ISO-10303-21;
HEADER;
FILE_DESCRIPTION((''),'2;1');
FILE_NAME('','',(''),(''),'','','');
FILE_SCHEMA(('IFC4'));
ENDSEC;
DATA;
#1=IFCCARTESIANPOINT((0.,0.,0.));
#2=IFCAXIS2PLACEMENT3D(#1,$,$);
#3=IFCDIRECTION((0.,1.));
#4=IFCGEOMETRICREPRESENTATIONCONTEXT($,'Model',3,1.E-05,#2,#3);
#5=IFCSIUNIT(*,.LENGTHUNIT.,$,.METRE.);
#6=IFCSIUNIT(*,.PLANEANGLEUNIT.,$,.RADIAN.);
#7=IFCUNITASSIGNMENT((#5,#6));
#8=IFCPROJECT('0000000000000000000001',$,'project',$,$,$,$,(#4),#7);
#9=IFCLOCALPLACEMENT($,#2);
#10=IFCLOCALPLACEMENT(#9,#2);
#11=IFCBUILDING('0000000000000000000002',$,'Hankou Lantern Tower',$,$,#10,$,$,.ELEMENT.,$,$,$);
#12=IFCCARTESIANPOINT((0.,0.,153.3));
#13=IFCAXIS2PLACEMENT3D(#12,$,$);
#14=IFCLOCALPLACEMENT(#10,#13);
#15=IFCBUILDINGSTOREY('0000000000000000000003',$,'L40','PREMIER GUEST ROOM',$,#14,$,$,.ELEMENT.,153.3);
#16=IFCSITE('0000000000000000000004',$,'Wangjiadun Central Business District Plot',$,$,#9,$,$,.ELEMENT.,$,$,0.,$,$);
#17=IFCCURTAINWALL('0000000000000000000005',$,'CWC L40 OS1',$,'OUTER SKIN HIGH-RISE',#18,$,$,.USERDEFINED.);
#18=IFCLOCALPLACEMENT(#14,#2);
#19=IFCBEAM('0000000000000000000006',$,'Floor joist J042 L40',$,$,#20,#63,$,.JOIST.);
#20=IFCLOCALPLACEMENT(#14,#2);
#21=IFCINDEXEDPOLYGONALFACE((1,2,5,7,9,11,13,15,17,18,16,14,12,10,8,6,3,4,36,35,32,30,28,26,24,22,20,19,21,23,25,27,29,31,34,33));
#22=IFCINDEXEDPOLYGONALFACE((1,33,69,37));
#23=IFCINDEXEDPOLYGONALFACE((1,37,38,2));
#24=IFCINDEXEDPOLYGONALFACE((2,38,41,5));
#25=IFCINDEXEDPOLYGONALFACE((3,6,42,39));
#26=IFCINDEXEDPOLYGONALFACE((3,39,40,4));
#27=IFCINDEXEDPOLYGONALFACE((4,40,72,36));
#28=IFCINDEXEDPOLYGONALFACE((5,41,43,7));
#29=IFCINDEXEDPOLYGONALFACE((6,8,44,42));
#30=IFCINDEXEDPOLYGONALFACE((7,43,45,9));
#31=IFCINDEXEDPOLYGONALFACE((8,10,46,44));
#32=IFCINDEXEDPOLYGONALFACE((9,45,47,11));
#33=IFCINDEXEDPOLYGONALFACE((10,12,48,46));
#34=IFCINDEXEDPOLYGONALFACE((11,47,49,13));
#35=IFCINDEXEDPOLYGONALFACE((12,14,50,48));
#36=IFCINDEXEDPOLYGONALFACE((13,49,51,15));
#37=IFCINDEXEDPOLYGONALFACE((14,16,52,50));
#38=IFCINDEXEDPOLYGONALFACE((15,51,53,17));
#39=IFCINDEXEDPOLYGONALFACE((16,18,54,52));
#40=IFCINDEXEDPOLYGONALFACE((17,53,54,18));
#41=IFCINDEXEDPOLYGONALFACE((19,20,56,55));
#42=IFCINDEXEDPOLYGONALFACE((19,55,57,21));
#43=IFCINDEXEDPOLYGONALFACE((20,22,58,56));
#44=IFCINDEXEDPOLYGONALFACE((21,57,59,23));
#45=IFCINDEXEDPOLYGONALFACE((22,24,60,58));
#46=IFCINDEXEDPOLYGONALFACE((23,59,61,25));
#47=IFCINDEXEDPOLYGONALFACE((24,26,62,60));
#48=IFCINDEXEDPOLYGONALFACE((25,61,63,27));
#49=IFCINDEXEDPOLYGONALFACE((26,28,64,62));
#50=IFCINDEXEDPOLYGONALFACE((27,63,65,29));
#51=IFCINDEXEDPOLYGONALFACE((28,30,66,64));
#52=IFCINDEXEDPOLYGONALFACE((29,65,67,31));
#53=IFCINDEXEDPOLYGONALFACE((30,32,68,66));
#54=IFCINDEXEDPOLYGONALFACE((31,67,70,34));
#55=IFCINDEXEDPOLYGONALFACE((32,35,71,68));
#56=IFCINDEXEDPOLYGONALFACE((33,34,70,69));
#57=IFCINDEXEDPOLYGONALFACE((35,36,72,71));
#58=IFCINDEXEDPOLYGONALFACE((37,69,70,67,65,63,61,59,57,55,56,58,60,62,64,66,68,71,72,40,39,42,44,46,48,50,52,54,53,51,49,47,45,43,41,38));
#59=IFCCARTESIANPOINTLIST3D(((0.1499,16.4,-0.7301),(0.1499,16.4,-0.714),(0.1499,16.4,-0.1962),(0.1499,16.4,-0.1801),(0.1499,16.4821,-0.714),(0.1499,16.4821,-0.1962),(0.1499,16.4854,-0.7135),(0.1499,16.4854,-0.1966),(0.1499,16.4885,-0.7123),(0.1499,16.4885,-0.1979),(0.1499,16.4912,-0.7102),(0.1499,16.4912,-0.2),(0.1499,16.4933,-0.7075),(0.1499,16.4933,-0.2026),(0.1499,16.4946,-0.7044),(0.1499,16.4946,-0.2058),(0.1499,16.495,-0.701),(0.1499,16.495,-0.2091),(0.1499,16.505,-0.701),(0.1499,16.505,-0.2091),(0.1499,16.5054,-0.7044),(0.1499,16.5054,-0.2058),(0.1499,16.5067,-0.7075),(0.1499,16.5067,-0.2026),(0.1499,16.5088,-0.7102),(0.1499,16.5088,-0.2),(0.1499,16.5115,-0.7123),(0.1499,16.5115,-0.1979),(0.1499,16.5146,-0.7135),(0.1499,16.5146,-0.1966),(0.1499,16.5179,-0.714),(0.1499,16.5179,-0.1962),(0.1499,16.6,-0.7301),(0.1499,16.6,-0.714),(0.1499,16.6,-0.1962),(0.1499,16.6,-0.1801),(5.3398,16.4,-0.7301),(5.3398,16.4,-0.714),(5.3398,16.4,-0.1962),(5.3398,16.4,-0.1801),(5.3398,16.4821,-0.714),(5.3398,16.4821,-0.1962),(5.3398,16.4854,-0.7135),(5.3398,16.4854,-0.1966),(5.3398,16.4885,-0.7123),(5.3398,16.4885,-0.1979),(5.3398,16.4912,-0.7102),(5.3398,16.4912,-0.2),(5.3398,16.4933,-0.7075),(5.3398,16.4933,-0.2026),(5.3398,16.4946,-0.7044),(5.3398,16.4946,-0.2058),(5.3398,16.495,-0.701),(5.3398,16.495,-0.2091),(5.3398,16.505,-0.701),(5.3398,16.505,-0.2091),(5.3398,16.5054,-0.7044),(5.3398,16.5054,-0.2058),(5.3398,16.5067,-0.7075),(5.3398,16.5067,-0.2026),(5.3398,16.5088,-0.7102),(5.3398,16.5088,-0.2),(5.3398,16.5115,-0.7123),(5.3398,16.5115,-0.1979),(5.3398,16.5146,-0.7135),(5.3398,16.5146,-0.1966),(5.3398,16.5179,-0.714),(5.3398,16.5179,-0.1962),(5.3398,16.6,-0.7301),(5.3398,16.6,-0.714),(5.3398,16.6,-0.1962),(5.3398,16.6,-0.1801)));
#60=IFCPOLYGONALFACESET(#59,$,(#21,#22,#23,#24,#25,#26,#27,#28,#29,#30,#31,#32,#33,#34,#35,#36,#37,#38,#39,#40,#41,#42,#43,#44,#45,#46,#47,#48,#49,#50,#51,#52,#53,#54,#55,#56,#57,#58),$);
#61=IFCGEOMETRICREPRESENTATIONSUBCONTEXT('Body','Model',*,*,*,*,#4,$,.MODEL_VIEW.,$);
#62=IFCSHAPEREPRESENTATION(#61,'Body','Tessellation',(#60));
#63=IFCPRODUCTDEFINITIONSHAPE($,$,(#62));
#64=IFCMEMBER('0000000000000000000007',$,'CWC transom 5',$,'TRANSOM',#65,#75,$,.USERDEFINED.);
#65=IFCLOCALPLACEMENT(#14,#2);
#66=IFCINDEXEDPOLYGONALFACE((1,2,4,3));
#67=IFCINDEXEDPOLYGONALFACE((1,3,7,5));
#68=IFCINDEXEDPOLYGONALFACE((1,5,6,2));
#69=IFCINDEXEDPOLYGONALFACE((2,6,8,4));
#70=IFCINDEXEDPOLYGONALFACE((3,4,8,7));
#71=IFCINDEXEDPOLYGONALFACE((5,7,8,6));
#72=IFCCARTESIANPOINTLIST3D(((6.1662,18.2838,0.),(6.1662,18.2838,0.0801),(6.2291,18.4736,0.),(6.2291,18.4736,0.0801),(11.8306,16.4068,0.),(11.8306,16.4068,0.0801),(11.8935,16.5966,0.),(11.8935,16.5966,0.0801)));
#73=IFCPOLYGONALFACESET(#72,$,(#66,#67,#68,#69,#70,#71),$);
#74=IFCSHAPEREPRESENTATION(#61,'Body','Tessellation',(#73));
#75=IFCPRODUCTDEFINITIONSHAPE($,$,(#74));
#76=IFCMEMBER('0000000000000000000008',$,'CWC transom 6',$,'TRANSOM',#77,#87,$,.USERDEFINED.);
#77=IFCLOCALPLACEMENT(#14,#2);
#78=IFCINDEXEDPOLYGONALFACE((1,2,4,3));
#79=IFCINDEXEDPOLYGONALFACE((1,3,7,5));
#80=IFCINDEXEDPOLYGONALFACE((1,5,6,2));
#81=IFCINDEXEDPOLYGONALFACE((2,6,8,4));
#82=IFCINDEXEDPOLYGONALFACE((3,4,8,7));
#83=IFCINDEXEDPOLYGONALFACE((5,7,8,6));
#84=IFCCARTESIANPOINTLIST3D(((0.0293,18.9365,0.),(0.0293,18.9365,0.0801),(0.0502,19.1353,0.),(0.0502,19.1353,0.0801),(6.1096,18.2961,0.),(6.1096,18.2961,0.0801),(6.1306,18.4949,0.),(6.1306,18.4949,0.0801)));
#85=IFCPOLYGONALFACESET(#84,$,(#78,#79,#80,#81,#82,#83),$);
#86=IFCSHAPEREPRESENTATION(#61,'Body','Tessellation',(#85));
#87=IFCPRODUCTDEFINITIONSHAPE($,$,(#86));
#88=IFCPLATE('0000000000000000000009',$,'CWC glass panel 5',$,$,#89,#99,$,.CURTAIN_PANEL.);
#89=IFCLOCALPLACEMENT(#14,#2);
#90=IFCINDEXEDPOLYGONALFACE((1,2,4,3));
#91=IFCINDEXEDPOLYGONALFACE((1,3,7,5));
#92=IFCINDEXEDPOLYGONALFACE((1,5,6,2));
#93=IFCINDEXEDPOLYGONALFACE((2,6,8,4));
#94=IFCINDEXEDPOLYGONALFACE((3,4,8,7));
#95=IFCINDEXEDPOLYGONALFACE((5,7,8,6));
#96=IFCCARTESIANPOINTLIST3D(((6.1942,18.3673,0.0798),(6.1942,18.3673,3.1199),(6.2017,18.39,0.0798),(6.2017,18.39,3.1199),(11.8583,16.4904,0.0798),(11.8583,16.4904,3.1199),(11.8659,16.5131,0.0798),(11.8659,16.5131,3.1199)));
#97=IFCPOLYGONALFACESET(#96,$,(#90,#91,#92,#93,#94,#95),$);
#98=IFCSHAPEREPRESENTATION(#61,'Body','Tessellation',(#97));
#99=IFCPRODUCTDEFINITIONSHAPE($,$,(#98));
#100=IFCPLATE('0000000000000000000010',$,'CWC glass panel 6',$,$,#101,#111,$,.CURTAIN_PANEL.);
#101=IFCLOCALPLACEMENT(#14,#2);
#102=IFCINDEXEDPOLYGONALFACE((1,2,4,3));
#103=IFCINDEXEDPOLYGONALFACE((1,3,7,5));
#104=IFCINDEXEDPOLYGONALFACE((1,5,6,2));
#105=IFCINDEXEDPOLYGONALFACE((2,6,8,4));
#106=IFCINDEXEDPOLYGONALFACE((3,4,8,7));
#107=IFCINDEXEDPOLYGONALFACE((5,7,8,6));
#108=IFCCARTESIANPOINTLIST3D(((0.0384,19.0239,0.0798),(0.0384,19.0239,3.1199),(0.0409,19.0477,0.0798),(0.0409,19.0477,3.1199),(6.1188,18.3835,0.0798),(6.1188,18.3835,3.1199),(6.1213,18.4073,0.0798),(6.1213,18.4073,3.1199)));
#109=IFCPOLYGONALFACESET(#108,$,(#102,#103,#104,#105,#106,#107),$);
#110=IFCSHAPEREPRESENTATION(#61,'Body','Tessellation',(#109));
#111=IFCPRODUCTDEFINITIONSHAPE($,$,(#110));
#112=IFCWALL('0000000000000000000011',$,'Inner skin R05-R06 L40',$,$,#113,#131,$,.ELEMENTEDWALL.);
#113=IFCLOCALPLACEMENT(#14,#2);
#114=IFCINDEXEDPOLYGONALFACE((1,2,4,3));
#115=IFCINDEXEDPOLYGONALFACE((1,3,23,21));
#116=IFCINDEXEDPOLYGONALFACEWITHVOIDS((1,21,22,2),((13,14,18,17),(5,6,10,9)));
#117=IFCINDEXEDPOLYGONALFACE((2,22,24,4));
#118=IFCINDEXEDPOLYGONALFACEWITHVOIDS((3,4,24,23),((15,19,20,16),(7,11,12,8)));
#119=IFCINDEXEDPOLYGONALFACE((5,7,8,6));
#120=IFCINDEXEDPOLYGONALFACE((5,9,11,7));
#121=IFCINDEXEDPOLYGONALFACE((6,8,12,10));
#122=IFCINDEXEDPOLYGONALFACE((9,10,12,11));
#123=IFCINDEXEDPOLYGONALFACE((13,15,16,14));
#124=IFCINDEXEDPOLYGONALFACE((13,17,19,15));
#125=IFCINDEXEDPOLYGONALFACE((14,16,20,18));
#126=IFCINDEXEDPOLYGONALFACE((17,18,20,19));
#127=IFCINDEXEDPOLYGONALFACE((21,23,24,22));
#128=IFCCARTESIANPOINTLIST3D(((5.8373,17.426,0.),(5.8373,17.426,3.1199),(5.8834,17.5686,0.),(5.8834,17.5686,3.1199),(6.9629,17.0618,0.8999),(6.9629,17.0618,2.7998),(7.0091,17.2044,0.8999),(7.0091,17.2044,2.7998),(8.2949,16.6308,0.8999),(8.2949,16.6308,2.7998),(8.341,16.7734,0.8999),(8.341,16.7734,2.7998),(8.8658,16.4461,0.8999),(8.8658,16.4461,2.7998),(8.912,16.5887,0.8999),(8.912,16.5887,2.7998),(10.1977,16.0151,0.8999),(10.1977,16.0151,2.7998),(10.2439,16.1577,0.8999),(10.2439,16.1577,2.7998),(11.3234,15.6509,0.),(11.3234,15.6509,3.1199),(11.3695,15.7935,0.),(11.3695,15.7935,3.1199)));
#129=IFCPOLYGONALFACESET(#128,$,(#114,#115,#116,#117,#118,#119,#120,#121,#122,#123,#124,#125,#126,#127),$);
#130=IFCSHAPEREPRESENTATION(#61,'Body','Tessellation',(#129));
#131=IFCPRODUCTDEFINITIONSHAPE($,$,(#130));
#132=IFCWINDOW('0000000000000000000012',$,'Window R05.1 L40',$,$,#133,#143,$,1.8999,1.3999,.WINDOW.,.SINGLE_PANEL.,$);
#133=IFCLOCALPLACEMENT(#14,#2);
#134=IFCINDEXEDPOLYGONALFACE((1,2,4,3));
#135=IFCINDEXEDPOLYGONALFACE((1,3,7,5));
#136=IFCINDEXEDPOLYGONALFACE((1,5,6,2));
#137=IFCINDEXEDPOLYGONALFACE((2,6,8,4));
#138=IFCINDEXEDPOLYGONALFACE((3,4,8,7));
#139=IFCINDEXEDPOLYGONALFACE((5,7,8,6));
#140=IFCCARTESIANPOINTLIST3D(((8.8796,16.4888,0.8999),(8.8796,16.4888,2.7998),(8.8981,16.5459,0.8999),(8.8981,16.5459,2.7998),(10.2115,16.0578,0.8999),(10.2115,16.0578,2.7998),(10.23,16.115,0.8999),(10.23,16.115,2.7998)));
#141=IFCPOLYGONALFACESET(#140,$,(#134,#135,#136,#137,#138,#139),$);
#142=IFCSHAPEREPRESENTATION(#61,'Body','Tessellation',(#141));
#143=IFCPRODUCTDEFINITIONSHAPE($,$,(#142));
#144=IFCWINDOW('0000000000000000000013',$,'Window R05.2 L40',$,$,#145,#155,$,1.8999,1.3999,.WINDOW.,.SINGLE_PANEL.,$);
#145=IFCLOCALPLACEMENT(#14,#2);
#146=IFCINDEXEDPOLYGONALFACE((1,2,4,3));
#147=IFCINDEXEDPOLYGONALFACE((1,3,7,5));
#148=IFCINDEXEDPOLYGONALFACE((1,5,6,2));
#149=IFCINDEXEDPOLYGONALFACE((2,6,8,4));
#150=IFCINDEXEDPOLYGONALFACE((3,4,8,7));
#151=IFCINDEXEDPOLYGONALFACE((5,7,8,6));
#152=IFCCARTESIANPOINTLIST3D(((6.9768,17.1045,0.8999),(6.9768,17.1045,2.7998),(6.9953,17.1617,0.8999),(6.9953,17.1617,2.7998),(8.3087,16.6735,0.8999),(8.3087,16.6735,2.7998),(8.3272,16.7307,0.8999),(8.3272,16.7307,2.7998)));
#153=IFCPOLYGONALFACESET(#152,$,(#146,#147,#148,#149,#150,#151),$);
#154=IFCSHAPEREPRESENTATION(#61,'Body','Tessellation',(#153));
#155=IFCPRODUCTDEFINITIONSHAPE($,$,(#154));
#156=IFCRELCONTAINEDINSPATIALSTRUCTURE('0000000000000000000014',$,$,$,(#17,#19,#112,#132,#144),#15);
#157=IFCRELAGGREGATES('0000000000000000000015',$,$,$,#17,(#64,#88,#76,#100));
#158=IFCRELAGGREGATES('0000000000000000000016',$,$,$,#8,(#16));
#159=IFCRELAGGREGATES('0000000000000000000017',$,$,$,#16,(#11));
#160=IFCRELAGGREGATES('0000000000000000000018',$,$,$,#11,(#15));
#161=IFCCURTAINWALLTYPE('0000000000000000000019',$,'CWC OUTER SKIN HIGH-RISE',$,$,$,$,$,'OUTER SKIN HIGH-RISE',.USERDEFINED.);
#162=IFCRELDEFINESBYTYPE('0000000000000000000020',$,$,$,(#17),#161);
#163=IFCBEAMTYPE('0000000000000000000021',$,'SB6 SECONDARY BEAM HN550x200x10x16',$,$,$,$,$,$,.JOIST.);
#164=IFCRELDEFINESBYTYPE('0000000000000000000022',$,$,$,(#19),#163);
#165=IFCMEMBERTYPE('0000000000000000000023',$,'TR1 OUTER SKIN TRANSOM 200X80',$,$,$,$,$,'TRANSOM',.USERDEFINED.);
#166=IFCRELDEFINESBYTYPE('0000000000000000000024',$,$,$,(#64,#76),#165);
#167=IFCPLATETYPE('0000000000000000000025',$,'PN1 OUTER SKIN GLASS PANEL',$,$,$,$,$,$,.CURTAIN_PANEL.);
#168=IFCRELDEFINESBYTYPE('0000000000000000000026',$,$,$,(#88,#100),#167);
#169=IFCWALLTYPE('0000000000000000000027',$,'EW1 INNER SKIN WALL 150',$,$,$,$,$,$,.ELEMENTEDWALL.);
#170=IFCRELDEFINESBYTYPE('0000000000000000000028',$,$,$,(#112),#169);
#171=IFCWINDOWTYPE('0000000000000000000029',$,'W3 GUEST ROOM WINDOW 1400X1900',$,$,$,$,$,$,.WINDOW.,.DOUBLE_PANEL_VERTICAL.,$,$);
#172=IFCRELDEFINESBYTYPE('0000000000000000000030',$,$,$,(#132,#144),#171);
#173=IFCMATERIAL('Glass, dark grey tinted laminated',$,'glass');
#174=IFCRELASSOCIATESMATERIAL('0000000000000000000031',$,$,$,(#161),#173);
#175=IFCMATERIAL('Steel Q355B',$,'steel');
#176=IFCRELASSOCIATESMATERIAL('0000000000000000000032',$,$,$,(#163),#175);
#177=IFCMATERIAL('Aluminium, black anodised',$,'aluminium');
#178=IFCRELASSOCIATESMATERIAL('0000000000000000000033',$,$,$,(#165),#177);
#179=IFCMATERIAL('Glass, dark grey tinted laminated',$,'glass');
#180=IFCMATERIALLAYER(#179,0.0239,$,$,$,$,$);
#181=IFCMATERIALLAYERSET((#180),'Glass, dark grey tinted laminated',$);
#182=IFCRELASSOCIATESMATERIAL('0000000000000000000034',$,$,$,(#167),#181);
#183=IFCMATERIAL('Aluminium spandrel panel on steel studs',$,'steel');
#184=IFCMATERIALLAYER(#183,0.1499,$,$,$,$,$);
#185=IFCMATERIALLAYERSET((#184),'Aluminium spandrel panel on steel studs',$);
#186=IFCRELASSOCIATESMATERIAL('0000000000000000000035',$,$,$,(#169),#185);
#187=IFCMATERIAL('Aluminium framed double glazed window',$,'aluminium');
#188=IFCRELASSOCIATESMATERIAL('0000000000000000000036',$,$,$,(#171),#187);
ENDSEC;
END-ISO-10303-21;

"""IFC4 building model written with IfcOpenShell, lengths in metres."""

from ifc_helpers import new_model, si_unit, direction, frame, frame_2d, origin, origin_2d, place, context, subcontext, project, spatial, rectangle, i_section, extrude, material, layer, layer_set, material_profile, profile_set, type_object, element, fill, aggregate, save


model = new_model("IFC4")

# Units and contexts
model_context = context("Model", 3, precision=1e-05, world=origin(), true_north=direction((0.0, 1.0)))
body_context = subcontext(model_context, "Body", "Model", "MODEL_VIEW")
ifc_project = project(units=[si_unit("LENGTHUNIT", "METRE"), si_unit("PLANEANGLEUNIT", "RADIAN")], contexts=[model_context])

# Site, building, storey
site_placement = place(None, origin())
site = spatial("IfcSite", under=ifc_project, at=site_placement, Name="Wangjiadun Central Business District Plot", CompositionType="ELEMENT", RefElevation=0.0)
building_placement = place(site_placement, origin())
building = spatial("IfcBuilding", under=site, at=building_placement, Name="Hankou Lantern Tower", CompositionType="ELEMENT")
storey_placement = place(building_placement, frame((0.0, 0.0, 153.3)))
storey = spatial("IfcBuildingStorey", under=building, at=storey_placement, Name="L40", Description="PREMIER GUEST ROOM", CompositionType="ELEMENT", Elevation=153.3)

# Curtain wall
ifc_material_1 = material(Name="Glass, dark grey tinted laminated", Category="glass")
curtain_wall_type = type_object("IfcCurtainWallType", Name="CWC OUTER SKIN HIGH-RISE", ElementType="OUTER SKIN HIGH-RISE", PredefinedType="USERDEFINED", material=ifc_material_1)
curtain_wall_1_placement = place(storey_placement, origin())
curtain_wall_1 = element("IfcCurtainWall", 1, at=curtain_wall_1_placement, inside=storey, type_object=curtain_wall_type, Name="CWC L40 OS1", ObjectType="OUTER SKIN HIGH-RISE", PredefinedType="USERDEFINED")

# Beam
ifc_material_2 = material(Name="Steel Q355B", Category="steel")
ifc_material_profile_1 = material_profile(ifc_material_2, i_section(OverallWidth=0.2, OverallDepth=0.55, WebThickness=0.01, FlangeThickness=0.0161, FilletRadius=0.0129, at=origin_2d()), Name="HN550x200x10x16")
ifc_profile_set_1 = profile_set([ifc_material_profile_1], Name="Steel Q355B")
beam_type_1 = type_object("IfcBeamType", Name="SB6 SECONDARY BEAM HN550x200x10x16", PredefinedType="JOIST", material=ifc_profile_set_1)
beam_1_placement = place(storey_placement, frame((0.1499, 16.5, -0.4551), z_axis=(1.0, 0.0, 0.0), x_axis=(0.0, 1.0, 0.0)))
element("IfcBeam", 2, at=beam_1_placement, inside=storey, type_object=beam_type_1, Name="Floor joist J042 L40", PredefinedType="JOIST", context=body_context, shape_type="SweptSolid", body=[
    extrude(i_section(OverallWidth=0.2, OverallDepth=0.55, WebThickness=0.01, FlangeThickness=0.0161, FilletRadius=0.0129, at=origin_2d()), origin(), (0.0, 0.0, 1.0), 5.1899),
])

# Members
ifc_material_3 = material(Name="Aluminium, black anodised", Category="aluminium")
ifc_material_profile_2 = material_profile(ifc_material_3, rectangle(XDim=0.2, YDim=0.0801, at=origin_2d()), Name="TR1 200X80")
ifc_profile_set_2 = profile_set([ifc_material_profile_2], Name="Aluminium, black anodised")
member_type_1 = type_object("IfcMemberType", Name="TR1 OUTER SKIN TRANSOM 200X80", ElementType="TRANSOM", PredefinedType="USERDEFINED", material=ifc_profile_set_2)
member_1_placement = place(storey_placement, frame((11.8621, 16.5017, 0.04), z_axis=(-0.949242, 0.314546, 0.0), x_axis=(-0.314546, -0.949242, 0.0)))
member_1 = element("IfcMember", 3, at=member_1_placement, type_object=member_type_1, Name="CWC transom 5", ObjectType="TRANSOM", PredefinedType="USERDEFINED", context=body_context, shape_type="SweptSolid", body=[
    extrude(rectangle(XDim=0.2, YDim=0.0801, at=origin_2d()), origin(), (0.0, 0.0, 1.0), 5.9673),
])
member_2_placement = place(storey_placement, frame((6.1201, 18.3955, 0.04), z_axis=(-0.9945, 0.104741, 0.0), x_axis=(-0.104741, -0.9945, 0.0)))
member_2 = element("IfcMember", 4, at=member_2_placement, type_object=member_type_1, Name="CWC transom 6", ObjectType="TRANSOM", PredefinedType="USERDEFINED", context=body_context, shape_type="SweptSolid", body=[
    extrude(rectangle(XDim=0.2, YDim=0.0801, at=origin_2d()), origin(), (0.0, 0.0, 1.0), 6.114),
])

# Plates
ifc_material_4 = material(Name="Glass, dark grey tinted laminated", Category="glass")
ifc_layer_1 = layer(ifc_material_4, 0.0239)
ifc_layer_set_1 = layer_set([ifc_layer_1], Name="Glass, dark grey tinted laminated")
plate_type = type_object("IfcPlateType", Name="PN1 OUTER SKIN GLASS PANEL", PredefinedType="CURTAIN_PANEL", material=ifc_layer_set_1)
plate_1_placement = place(storey_placement, frame((9.03, 17.4402, 0.0798), z_axis=(0.0, 0.0, 1.0), x_axis=(-0.949241, 0.314551, 0.0)))
plate_1 = element("IfcPlate", 5, at=plate_1_placement, type_object=plate_type, Name="CWC glass panel 5", PredefinedType="CURTAIN_PANEL", context=body_context, shape_type="SweptSolid", body=[
    extrude(rectangle(XDim=5.967, YDim=0.0239, at=origin_2d()), origin(), (0.0, 0.0, 1.0), 3.04),
])
plate_2_placement = place(storey_placement, frame((3.0798, 18.7156, 0.0798), z_axis=(0.0, 0.0, 1.0), x_axis=(-0.994499, 0.104743, 0.0)))
plate_2 = element("IfcPlate", 6, at=plate_2_placement, type_object=plate_type, Name="CWC glass panel 6", PredefinedType="CURTAIN_PANEL", context=body_context, shape_type="SweptSolid", body=[
    extrude(rectangle(XDim=6.114, YDim=0.0239, at=origin_2d()), origin(), (0.0, 0.0, 1.0), 3.04),
])
aggregate(curtain_wall_1, [member_1, plate_1, member_2, plate_2])

# Wall, openings, windows
ifc_material_5 = material(Name="Aluminium spandrel panel on steel studs", Category="steel")
ifc_layer_2 = layer(ifc_material_5, 0.1499)
ifc_layer_set_2 = layer_set([ifc_layer_2], Name="Aluminium spandrel panel on steel studs")
wall_type_1 = type_object("IfcWallType", Name="EW1 INNER SKIN WALL 150", PredefinedType="ELEMENTEDWALL", material=ifc_layer_set_2)
wall_1_placement = place(storey_placement, frame((11.3464, 15.7222, 0.0), z_axis=(0.0, 0.0, 1.0), x_axis=(-0.951432, 0.307857, 0.0)))
wall_1 = element("IfcWall", 7, at=wall_1_placement, inside=storey, type_object=wall_type_1, Name="Inner skin R05-R06 L40", PredefinedType="ELEMENTEDWALL", context=body_context, shape_type="SweptSolid", body=[
    extrude(rectangle(XDim=5.7661, YDim=0.1499, at=frame_2d((2.8831, 0.0))), origin(), (0.0, 0.0, 1.0), 3.1199),
])
opening_1_placement = place(wall_1_placement, frame((1.1831, 0.0, 0.8999)))
opening_1 = element("IfcOpeningElement", 8, at=opening_1_placement, cuts=wall_1, PredefinedType="OPENING", context=body_context, shape_type="SweptSolid", body=[
    extrude(rectangle(XDim=1.3999, YDim=1.8999, at=frame_2d((0.7, 0.95))), frame((0.0, 0.085, 0.0), z_axis=(0.0, -1.0, 0.0), x_axis=(1.0, 0.0, 0.0)), (0.0, 0.0, 1.0), 0.1699),
])
opening_2_placement = place(wall_1_placement, frame((3.1831, 0.0, 0.8999)))
opening_2 = element("IfcOpeningElement", 9, at=opening_2_placement, cuts=wall_1, PredefinedType="OPENING", context=body_context, shape_type="SweptSolid", body=[
    extrude(rectangle(XDim=1.3999, YDim=1.8999, at=frame_2d((0.7, 0.95))), frame((0.0, 0.085, 0.0), z_axis=(0.0, -1.0, 0.0), x_axis=(1.0, 0.0, 0.0)), (0.0, 0.0, 1.0), 0.1699),
])
ifc_material_6 = material(Name="Aluminium framed double glazed window", Category="aluminium")
window_type = type_object("IfcWindowType", Name="W3 GUEST ROOM WINDOW 1400X1900", PartitioningType="DOUBLE_PANEL_VERTICAL", PredefinedType="WINDOW", material=ifc_material_6)
window_1_placement = place(opening_1_placement, origin())
window_1 = element("IfcWindow", 10, at=window_1_placement, inside=storey, type_object=window_type, Name="Window R05.1 L40", OverallHeight=1.8999, OverallWidth=1.3999, PartitioningType="SINGLE_PANEL", PredefinedType="WINDOW", context=body_context, shape_type="SweptSolid", body=[
    extrude(rectangle(XDim=1.3999, YDim=1.8999, at=frame_2d((0.7, 0.95))), frame((0.0, 0.03, 0.0), z_axis=(0.0, -1.0, 0.0), x_axis=(1.0, 0.0, 0.0)), (0.0, 0.0, 1.0), 0.0601),
])
fill(opening_1, window_1)
window_2_placement = place(opening_2_placement, origin())
window_2 = element("IfcWindow", 11, at=window_2_placement, inside=storey, type_object=window_type, Name="Window R05.2 L40", OverallHeight=1.8999, OverallWidth=1.3999, PartitioningType="SINGLE_PANEL", PredefinedType="WINDOW", context=body_context, shape_type="SweptSolid", body=[
    extrude(rectangle(XDim=1.3999, YDim=1.8999, at=frame_2d((0.7, 0.95))), frame((0.0, 0.03, 0.0), z_axis=(0.0, -1.0, 0.0), x_axis=(1.0, 0.0, 0.0)), (0.0, 0.0, 1.0), 0.0601),
])
fill(opening_2, window_2)

save(model, "model.ifc")
